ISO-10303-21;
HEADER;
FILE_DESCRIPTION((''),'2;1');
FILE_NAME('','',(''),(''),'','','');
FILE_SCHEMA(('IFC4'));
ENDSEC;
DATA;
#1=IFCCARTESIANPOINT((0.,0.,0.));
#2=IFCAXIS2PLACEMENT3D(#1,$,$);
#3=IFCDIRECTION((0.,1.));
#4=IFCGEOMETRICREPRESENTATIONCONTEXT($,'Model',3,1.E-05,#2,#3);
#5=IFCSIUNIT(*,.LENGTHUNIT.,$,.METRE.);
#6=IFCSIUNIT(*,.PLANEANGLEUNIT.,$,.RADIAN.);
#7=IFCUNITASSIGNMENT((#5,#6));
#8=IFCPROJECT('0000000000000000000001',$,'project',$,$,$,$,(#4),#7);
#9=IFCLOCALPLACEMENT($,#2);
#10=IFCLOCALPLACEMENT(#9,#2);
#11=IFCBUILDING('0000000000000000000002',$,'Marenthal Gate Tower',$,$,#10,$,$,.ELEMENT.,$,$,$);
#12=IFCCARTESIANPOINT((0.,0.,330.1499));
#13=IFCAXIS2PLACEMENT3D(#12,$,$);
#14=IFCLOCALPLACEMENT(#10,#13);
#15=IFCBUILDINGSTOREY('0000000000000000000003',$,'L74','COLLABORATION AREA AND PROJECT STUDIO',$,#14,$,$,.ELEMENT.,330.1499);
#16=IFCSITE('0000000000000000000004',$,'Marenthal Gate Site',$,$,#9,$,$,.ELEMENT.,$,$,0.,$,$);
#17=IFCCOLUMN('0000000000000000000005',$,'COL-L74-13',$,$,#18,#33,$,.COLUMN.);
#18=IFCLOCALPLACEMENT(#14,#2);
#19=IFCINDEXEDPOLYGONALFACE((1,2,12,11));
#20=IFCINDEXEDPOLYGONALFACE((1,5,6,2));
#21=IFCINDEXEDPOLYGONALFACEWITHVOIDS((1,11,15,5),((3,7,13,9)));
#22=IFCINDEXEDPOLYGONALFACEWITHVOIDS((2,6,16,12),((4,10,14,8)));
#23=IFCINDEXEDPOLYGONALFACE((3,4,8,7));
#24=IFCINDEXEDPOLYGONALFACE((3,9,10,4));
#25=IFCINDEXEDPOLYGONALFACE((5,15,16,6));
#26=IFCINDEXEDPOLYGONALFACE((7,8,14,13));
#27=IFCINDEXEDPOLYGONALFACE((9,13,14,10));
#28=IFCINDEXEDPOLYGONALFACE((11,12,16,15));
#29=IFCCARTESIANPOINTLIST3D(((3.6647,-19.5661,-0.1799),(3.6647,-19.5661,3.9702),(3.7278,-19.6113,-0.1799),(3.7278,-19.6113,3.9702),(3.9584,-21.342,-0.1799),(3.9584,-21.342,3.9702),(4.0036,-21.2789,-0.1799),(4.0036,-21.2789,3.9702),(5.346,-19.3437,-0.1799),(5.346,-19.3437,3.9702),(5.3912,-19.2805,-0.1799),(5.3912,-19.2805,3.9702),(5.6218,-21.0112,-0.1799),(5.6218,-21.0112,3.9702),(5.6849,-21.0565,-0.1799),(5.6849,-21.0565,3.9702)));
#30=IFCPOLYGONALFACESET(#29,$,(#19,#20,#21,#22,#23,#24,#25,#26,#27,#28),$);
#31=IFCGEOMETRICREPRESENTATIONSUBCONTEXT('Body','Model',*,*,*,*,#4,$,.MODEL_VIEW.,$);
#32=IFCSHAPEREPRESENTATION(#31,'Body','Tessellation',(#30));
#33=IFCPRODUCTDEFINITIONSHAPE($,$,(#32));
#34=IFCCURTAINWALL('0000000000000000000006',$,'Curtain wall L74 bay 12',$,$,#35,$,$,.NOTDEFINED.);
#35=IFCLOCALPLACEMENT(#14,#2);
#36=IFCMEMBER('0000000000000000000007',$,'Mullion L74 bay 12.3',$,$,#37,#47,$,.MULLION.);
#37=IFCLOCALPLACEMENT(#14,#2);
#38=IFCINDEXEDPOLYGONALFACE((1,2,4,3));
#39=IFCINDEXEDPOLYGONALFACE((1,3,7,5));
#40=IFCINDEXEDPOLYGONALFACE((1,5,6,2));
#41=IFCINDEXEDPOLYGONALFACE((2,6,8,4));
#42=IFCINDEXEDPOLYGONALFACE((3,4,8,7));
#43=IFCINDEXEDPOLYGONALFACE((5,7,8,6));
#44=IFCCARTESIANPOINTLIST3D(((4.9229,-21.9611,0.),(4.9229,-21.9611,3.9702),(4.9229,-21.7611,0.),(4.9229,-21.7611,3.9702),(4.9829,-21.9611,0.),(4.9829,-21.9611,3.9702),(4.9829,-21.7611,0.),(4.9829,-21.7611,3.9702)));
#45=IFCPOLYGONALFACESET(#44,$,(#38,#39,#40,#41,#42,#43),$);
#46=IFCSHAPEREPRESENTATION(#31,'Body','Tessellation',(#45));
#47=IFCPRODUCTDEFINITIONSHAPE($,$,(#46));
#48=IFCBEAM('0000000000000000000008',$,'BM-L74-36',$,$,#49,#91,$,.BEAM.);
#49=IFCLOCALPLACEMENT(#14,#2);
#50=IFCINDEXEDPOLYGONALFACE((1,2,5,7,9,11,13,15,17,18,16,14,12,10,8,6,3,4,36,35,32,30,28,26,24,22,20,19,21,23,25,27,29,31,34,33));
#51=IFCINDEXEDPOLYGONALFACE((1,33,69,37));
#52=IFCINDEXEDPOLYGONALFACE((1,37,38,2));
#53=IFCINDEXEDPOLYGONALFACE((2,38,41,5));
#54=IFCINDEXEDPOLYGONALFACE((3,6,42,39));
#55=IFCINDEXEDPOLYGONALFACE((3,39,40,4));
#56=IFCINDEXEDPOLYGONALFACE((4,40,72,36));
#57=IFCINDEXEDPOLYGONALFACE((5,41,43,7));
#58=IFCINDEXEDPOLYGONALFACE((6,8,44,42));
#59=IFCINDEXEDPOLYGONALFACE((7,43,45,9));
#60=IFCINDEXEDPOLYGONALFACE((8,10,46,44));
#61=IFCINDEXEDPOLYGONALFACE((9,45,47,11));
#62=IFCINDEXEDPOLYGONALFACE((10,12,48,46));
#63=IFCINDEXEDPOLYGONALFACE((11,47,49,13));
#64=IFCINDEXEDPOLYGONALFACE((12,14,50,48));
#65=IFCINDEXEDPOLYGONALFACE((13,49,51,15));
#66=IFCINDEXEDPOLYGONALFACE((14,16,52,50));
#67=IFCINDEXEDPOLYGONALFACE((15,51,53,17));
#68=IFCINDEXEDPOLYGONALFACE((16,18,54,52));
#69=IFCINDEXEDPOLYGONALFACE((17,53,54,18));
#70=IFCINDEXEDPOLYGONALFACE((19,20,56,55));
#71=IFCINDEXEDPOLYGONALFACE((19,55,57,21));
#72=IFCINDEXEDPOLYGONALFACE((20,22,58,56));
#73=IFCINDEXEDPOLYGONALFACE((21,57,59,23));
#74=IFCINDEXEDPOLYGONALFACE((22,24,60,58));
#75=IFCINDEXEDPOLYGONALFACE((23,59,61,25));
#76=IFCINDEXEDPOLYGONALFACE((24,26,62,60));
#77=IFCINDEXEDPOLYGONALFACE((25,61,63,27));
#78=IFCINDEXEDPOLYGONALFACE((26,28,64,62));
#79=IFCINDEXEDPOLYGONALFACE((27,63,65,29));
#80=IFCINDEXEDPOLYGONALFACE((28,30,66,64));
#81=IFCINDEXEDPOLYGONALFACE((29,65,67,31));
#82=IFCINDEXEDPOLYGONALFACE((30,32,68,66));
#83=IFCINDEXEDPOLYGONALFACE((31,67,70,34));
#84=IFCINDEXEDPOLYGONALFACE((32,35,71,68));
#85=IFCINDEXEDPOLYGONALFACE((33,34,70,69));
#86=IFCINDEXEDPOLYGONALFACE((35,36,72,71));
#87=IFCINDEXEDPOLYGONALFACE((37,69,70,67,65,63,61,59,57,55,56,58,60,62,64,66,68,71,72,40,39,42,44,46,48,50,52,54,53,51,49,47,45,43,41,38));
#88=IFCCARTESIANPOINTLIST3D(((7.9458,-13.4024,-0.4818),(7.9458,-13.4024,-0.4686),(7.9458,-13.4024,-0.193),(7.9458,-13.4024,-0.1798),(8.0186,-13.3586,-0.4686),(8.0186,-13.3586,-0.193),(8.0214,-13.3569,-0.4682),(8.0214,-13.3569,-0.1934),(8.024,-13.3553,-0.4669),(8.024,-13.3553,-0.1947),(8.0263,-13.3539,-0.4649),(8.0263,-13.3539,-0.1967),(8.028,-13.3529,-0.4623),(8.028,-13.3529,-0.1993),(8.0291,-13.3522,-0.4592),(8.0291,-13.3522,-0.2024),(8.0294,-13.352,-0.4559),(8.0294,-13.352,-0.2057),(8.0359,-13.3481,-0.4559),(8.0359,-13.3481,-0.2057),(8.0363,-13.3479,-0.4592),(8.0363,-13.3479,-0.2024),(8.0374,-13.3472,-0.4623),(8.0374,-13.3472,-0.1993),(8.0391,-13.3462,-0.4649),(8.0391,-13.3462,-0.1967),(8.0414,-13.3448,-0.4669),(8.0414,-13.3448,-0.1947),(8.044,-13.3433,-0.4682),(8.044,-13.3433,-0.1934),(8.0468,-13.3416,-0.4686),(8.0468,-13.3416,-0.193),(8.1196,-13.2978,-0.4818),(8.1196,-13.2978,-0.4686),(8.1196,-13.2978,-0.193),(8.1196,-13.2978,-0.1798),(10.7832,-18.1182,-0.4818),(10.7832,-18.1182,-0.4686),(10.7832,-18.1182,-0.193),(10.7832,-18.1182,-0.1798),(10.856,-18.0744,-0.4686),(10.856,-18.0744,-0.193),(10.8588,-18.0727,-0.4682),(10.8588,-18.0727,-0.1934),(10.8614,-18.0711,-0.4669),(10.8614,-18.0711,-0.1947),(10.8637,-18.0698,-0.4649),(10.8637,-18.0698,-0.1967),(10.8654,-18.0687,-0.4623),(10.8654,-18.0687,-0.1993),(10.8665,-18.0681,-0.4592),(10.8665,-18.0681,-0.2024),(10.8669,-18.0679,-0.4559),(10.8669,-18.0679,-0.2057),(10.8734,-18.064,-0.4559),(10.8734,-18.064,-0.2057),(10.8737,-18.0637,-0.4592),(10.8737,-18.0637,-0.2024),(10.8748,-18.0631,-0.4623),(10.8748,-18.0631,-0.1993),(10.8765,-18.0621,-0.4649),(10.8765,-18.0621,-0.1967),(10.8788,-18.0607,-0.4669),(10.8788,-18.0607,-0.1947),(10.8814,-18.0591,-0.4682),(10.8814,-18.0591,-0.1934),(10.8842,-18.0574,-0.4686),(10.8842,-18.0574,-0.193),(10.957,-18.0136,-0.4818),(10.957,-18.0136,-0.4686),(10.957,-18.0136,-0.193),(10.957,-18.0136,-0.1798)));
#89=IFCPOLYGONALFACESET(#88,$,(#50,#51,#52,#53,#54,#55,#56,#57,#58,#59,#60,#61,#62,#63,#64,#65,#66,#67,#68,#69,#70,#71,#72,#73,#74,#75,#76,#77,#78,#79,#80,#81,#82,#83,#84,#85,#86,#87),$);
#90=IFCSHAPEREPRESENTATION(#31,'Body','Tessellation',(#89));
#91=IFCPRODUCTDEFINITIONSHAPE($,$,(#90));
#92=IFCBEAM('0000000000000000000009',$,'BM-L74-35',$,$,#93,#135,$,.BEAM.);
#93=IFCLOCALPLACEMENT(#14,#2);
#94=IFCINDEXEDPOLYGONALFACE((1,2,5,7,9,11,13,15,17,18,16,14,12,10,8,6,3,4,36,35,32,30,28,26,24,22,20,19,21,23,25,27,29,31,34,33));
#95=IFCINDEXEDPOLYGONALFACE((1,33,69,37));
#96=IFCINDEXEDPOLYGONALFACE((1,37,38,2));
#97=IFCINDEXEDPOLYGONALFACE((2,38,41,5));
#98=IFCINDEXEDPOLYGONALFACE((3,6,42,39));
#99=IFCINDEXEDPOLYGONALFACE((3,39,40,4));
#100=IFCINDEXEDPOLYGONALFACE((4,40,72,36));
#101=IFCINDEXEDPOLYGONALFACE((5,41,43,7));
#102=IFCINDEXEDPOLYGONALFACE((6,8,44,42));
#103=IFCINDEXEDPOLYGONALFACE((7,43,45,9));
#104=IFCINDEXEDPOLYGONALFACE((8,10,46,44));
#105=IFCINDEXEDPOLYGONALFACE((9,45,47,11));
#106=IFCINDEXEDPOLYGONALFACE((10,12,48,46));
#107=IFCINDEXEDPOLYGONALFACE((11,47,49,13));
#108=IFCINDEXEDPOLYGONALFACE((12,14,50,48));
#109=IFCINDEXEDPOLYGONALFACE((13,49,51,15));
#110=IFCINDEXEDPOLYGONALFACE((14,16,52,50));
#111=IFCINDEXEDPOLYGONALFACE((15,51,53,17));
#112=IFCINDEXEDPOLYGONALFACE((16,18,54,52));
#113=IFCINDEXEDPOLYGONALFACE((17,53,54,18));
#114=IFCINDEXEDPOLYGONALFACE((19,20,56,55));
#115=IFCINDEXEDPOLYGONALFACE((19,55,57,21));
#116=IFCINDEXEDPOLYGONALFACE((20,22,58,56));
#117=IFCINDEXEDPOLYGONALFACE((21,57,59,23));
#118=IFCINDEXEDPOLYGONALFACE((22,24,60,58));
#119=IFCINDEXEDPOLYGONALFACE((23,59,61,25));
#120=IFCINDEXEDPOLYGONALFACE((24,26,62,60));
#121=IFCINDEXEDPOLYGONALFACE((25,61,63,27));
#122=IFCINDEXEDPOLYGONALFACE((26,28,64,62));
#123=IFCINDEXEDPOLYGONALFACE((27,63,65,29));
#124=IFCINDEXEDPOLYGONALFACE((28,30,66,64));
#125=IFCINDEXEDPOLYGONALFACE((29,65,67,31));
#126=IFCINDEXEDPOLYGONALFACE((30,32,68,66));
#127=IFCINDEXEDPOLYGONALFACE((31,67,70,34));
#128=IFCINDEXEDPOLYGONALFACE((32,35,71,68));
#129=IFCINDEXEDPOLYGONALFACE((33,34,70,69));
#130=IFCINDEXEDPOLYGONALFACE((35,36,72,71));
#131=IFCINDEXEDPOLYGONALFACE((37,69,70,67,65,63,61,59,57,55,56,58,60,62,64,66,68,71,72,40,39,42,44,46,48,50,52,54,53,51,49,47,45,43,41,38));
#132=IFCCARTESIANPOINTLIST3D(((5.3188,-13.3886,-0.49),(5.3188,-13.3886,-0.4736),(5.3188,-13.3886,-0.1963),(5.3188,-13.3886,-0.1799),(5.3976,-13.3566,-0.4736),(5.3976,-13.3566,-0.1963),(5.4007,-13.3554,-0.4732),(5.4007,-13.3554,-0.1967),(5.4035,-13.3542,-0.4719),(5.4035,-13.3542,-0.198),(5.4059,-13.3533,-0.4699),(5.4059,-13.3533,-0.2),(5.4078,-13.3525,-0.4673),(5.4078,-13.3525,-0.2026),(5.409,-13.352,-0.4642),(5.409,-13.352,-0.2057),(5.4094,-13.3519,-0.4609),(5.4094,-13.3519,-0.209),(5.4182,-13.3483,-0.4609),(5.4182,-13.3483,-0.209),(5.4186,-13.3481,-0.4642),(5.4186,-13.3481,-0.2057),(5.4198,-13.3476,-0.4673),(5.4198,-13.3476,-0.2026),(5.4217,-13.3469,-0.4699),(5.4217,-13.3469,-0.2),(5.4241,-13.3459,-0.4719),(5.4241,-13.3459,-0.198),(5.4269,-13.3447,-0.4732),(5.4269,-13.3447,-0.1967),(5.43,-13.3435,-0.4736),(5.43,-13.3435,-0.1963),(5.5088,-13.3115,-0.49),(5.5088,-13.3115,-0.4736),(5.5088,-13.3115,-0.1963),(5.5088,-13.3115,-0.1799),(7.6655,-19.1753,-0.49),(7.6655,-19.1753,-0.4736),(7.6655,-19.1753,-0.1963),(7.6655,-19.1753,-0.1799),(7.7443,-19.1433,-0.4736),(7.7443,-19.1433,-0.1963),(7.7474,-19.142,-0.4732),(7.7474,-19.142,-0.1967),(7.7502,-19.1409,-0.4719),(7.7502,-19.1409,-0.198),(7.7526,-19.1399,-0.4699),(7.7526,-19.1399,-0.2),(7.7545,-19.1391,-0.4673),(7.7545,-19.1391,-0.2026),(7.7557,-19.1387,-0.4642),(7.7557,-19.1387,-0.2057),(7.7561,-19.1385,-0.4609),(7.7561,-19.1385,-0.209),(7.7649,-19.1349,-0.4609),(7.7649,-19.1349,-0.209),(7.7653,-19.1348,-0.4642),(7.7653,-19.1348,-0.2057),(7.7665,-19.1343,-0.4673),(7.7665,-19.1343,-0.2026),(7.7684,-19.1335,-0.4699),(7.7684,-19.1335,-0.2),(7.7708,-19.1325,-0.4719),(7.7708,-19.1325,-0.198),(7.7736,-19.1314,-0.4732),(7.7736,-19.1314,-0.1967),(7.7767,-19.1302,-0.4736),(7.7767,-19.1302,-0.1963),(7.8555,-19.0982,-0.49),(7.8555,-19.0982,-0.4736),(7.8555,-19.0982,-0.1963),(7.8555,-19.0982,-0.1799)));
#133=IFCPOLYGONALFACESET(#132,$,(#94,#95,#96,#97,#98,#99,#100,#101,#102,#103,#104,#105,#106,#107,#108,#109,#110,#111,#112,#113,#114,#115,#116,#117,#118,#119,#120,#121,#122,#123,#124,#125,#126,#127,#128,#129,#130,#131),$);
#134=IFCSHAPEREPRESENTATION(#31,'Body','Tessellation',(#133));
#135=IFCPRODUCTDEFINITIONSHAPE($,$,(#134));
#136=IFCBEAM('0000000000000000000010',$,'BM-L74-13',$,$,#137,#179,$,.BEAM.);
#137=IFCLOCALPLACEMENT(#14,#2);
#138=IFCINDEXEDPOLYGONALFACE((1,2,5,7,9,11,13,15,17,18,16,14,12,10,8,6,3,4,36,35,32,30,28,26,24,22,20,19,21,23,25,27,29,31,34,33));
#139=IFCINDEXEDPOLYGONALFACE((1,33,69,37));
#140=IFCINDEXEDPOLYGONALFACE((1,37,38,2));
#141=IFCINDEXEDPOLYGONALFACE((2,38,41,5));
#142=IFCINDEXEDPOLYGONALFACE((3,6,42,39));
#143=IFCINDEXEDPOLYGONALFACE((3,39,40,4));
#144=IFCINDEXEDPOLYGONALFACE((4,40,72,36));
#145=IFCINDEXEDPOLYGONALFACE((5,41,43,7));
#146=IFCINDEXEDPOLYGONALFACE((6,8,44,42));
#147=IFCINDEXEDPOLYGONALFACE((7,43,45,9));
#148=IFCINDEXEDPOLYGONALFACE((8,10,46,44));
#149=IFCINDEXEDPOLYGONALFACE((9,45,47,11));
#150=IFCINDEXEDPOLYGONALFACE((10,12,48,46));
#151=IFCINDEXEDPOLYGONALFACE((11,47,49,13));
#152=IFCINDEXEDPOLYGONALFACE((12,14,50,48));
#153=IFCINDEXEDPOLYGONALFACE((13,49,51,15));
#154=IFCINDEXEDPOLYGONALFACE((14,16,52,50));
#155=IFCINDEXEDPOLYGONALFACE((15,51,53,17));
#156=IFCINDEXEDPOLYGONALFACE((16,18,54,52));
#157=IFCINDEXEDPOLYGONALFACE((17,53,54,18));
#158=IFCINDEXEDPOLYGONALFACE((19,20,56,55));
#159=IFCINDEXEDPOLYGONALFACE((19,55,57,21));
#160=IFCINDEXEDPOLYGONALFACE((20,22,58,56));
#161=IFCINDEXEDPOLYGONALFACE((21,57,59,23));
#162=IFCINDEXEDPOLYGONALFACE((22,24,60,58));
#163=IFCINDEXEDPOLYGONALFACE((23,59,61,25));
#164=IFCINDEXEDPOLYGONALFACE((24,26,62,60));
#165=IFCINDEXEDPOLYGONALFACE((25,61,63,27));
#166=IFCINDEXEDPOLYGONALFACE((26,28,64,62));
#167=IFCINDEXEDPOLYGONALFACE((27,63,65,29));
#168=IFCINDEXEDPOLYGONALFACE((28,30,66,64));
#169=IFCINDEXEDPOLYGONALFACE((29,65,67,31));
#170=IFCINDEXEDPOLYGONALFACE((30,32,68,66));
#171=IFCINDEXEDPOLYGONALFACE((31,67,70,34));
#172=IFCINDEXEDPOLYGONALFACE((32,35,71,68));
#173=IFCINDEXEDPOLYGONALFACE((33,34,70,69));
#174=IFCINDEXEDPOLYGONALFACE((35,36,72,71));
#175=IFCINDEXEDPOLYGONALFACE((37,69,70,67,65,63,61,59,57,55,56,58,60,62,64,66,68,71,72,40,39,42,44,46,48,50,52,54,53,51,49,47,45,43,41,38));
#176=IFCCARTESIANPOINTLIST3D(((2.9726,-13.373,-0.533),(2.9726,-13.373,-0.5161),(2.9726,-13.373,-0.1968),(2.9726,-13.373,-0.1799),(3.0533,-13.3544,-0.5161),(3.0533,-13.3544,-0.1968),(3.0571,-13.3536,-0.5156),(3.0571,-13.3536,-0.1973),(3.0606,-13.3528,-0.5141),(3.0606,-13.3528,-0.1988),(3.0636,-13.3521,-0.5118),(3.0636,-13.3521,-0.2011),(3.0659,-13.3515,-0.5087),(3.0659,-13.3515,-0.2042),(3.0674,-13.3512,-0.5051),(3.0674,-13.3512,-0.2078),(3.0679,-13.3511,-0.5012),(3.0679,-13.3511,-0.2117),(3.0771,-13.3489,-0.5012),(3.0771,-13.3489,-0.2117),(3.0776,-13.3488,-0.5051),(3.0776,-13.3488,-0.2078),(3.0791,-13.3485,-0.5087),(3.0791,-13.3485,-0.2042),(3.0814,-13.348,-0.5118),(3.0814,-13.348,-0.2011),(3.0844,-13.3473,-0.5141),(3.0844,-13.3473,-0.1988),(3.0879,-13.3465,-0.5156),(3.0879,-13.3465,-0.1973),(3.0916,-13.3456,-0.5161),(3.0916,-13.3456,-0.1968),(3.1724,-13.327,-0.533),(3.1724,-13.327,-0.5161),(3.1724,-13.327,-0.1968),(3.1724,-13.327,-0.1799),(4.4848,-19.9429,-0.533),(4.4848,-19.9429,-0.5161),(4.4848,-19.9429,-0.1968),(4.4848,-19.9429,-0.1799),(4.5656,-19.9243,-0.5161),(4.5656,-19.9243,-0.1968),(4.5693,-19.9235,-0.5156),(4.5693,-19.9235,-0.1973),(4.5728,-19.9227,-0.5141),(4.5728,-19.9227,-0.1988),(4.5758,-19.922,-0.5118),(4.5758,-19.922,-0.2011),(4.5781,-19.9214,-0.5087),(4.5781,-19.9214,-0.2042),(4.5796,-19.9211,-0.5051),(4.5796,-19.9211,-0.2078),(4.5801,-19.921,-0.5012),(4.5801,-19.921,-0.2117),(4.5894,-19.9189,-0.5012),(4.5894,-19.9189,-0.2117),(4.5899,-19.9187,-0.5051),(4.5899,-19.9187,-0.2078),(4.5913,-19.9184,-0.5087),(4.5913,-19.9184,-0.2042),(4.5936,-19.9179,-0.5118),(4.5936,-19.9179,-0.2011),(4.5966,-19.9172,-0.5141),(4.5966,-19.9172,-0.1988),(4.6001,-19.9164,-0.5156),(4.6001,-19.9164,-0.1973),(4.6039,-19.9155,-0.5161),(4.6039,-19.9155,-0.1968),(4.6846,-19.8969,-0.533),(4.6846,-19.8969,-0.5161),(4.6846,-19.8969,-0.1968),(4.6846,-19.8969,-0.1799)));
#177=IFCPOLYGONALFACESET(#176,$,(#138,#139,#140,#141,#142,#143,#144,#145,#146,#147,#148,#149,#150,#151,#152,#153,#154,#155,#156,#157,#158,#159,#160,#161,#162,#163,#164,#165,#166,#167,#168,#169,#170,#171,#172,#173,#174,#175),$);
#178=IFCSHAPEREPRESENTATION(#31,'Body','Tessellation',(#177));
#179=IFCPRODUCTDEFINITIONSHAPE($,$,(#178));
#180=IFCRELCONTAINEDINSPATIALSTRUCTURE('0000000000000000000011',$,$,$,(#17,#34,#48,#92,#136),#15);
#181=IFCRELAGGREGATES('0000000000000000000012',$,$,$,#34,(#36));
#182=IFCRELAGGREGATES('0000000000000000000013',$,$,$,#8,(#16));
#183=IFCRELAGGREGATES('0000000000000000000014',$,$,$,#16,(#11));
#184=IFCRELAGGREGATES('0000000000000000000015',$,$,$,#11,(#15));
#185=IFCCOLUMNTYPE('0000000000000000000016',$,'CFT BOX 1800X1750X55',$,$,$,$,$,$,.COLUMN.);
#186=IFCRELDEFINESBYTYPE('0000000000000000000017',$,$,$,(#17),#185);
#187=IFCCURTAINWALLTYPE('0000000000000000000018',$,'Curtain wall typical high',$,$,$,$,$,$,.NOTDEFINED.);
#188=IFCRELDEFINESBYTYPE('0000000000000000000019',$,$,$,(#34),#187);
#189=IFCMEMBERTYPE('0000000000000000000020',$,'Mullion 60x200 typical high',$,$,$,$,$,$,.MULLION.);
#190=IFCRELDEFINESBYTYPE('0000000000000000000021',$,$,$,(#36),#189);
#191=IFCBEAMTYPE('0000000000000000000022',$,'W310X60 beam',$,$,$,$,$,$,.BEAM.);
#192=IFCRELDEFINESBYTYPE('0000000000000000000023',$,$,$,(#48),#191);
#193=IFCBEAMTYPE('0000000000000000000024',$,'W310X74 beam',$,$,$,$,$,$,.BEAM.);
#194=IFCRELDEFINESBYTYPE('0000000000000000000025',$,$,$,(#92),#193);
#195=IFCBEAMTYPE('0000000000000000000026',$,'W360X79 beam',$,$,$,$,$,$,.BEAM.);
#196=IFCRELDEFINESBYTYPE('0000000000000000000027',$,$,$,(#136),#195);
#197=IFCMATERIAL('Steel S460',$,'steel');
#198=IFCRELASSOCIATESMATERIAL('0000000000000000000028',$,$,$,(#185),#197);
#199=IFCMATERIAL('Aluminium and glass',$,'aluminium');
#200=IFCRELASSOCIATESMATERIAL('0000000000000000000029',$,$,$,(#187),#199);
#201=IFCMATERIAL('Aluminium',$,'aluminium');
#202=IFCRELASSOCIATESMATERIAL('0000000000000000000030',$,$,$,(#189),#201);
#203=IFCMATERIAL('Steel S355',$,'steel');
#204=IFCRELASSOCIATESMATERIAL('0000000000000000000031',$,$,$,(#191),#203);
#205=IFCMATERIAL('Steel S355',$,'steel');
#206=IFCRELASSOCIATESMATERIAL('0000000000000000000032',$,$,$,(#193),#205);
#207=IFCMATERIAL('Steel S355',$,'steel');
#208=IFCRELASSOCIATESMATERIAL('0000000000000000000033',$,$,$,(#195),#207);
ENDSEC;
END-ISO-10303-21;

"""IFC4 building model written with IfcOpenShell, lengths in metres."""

from ifc_helpers import new_model, si_unit, direction, frame, origin, origin_2d, place, context, subcontext, project, spatial, rectangle, hollow_rectangle, i_section, extrude, material, material_profile, profile_set, type_object, element, aggregate, save


model = new_model("IFC4")

# Units and contexts
model_context = context("Model", 3, precision=1e-05, world=origin(), true_north=direction((0.0, 1.0)))
body_context = subcontext(model_context, "Body", "Model", "MODEL_VIEW")
ifc_project = project(units=[si_unit("LENGTHUNIT", "METRE"), si_unit("PLANEANGLEUNIT", "RADIAN")], contexts=[model_context])

# Site, building, storey
site_placement = place(None, origin())
site = spatial("IfcSite", under=ifc_project, at=site_placement, Name="Marenthal Gate Site", CompositionType="ELEMENT", RefElevation=0.0)
building_placement = place(site_placement, origin())
building = spatial("IfcBuilding", under=site, at=building_placement, Name="Marenthal Gate Tower", CompositionType="ELEMENT")
storey_placement = place(building_placement, frame((0.0, 0.0, 330.1499)))
storey = spatial("IfcBuildingStorey", under=building, at=storey_placement, Name="L74", Description="COLLABORATION AREA AND PROJECT STUDIO", CompositionType="ELEMENT", Elevation=330.1499)

# Column
ifc_material_1 = material(Name="Steel S460", Category="steel")
ifc_material_profile_1 = material_profile(ifc_material_1, hollow_rectangle(XDim=1.75, YDim=1.8, WallThickness=0.0549, at=origin_2d()), Name="CFT BOX 1800X1750X55")
ifc_material_2 = material(Name="Concrete 70 MPa", Category="concrete")
ifc_material_profile_2 = material_profile(ifc_material_2, rectangle(XDim=1.6399, YDim=1.6899, at=origin_2d()), Name="CFT BOX 1800X1750X55 INFILL")
ifc_profile_set_1 = profile_set([ifc_material_profile_1, ifc_material_profile_2], Name="Steel S460 shell, Concrete 70 MPa infill")
column_type = type_object("IfcColumnType", Name="CFT BOX 1800X1750X55", PredefinedType="COLUMN", material=ifc_profile_set_1)
column_placement = place(storey_placement, frame((4.6748, -20.3113, -0.1799), z_axis=(0.0, 0.0, 1.0), x_axis=(-0.986599, -0.163164, 0.0)))
element("IfcColumn", 1, at=column_placement, inside=storey, type_object=column_type, Name="COL-L74-13", PredefinedType="COLUMN", context=body_context, shape_type="SweptSolid", body=[
    extrude(hollow_rectangle(XDim=1.75, YDim=1.8, WallThickness=0.0549, at=origin_2d()), origin(), (0.0, 0.0, 1.0), 4.1501),
])

# Curtain wall, member
ifc_material_3 = material(Name="Aluminium and glass", Category="aluminium")
curtain_wall_type = type_object("IfcCurtainWallType", Name="Curtain wall typical high", PredefinedType="NOTDEFINED", material=ifc_material_3)
curtain_wall_placement = place(storey_placement, origin())
curtain_wall = element("IfcCurtainWall", 2, at=curtain_wall_placement, inside=storey, type_object=curtain_wall_type, Name="Curtain wall L74 bay 12", PredefinedType="NOTDEFINED")
ifc_material_4 = material(Name="Aluminium", Category="aluminium")
ifc_material_profile_3 = material_profile(ifc_material_4, rectangle(XDim=0.2, YDim=0.0601, at=origin_2d()), Name="60x200 aluminium mullion")
ifc_profile_set_2 = profile_set([ifc_material_profile_3], Name="Aluminium")
member_type = type_object("IfcMemberType", Name="Mullion 60x200 typical high", PredefinedType="MULLION", material=ifc_profile_set_2)
member_placement = place(storey_placement, frame((4.9529, -21.8611, 0.0), z_axis=(0.0, 0.0, 1.0), x_axis=(0.0, 1.0, 0.0)))
member = element("IfcMember", 3, at=member_placement, type_object=member_type, Name="Mullion L74 bay 12.3", PredefinedType="MULLION", context=body_context, shape_type="SweptSolid", body=[
    extrude(rectangle(XDim=0.2, YDim=0.0601, at=origin_2d()), origin(), (0.0, 0.0, 1.0), 3.9702),
])

# Beams
ifc_material_5 = material(Name="Steel S355", Category="steel")
ifc_material_profile_4 = material_profile(ifc_material_5, i_section(OverallWidth=0.2029, OverallDepth=0.302, WebThickness=0.0076, FlangeThickness=0.0132, FilletRadius=0.0127, at=origin_2d()), Name="W310X60")
ifc_profile_set_3 = profile_set([ifc_material_profile_4], Name="Steel S355")
beam_type_1 = type_object("IfcBeamType", Name="W310X60 beam", PredefinedType="BEAM", material=ifc_profile_set_3)
beam_1_placement = place(storey_placement, frame((10.8701, -18.0659, -0.3308), z_axis=(-0.515552, 0.856858, 0.0), x_axis=(-0.856858, -0.515552, 0.0)))
element("IfcBeam", 4, at=beam_1_placement, inside=storey, type_object=beam_type_1, Name="BM-L74-36", PredefinedType="BEAM", context=body_context, shape_type="SweptSolid", body=[
    extrude(i_section(OverallWidth=0.2029, OverallDepth=0.302, WebThickness=0.0076, FlangeThickness=0.0132, FilletRadius=0.0127, at=origin_2d()), origin(), (0.0, 0.0, 1.0), 5.5037),
])
ifc_material_6 = material(Name="Steel S355", Category="steel")
ifc_material_profile_5 = material_profile(ifc_material_6, i_section(OverallWidth=0.2051, OverallDepth=0.3101, WebThickness=0.0095, FlangeThickness=0.0164, FilletRadius=0.0127, at=origin_2d()), Name="W310X74")
ifc_profile_set_4 = profile_set([ifc_material_profile_5], Name="Steel S355")
beam_type_2 = type_object("IfcBeamType", Name="W310X74 beam", PredefinedType="BEAM", material=ifc_profile_set_4)
beam_2_placement = place(storey_placement, frame((7.7605, -19.1367, -0.335), z_axis=(-0.375809, 0.926697, 0.0), x_axis=(-0.926697, -0.375809, 0.0)))
element("IfcBeam", 5, at=beam_2_placement, inside=storey, type_object=beam_type_2, Name="BM-L74-35", PredefinedType="BEAM", context=body_context, shape_type="SweptSolid", body=[
    extrude(i_section(OverallWidth=0.2051, OverallDepth=0.3101, WebThickness=0.0095, FlangeThickness=0.0164, FilletRadius=0.0127, at=origin_2d()), origin(), (0.0, 0.0, 1.0), 6.2444),
])
ifc_material_7 = material(Name="Steel S355", Category="steel")
ifc_material_profile_6 = material_profile(ifc_material_7, i_section(OverallWidth=0.2051, OverallDepth=0.353, WebThickness=0.0095, FlangeThickness=0.0168, FilletRadius=0.0149, at=origin_2d()), Name="W360X79")
ifc_profile_set_5 = profile_set([ifc_material_profile_6], Name="Steel S355")
beam_type_3 = type_object("IfcBeamType", Name="W360X79 beam", PredefinedType="BEAM", material=ifc_profile_set_5)
beam_3_placement = place(storey_placement, frame((4.5847, -19.9199, -0.3564), z_axis=(-0.224309, 0.974518, 0.0), x_axis=(-0.974518, -0.224309, 0.0)))
element("IfcBeam", 6, at=beam_3_placement, inside=storey, type_object=beam_type_3, Name="BM-L74-13", PredefinedType="BEAM", context=body_context, shape_type="SweptSolid", body=[
    extrude(i_section(OverallWidth=0.2051, OverallDepth=0.353, WebThickness=0.0095, FlangeThickness=0.0168, FilletRadius=0.0149, at=origin_2d()), origin(), (0.0, 0.0, 1.0), 6.7417),
])

aggregate(curtain_wall, [member])

save(model, "model.ifc")
